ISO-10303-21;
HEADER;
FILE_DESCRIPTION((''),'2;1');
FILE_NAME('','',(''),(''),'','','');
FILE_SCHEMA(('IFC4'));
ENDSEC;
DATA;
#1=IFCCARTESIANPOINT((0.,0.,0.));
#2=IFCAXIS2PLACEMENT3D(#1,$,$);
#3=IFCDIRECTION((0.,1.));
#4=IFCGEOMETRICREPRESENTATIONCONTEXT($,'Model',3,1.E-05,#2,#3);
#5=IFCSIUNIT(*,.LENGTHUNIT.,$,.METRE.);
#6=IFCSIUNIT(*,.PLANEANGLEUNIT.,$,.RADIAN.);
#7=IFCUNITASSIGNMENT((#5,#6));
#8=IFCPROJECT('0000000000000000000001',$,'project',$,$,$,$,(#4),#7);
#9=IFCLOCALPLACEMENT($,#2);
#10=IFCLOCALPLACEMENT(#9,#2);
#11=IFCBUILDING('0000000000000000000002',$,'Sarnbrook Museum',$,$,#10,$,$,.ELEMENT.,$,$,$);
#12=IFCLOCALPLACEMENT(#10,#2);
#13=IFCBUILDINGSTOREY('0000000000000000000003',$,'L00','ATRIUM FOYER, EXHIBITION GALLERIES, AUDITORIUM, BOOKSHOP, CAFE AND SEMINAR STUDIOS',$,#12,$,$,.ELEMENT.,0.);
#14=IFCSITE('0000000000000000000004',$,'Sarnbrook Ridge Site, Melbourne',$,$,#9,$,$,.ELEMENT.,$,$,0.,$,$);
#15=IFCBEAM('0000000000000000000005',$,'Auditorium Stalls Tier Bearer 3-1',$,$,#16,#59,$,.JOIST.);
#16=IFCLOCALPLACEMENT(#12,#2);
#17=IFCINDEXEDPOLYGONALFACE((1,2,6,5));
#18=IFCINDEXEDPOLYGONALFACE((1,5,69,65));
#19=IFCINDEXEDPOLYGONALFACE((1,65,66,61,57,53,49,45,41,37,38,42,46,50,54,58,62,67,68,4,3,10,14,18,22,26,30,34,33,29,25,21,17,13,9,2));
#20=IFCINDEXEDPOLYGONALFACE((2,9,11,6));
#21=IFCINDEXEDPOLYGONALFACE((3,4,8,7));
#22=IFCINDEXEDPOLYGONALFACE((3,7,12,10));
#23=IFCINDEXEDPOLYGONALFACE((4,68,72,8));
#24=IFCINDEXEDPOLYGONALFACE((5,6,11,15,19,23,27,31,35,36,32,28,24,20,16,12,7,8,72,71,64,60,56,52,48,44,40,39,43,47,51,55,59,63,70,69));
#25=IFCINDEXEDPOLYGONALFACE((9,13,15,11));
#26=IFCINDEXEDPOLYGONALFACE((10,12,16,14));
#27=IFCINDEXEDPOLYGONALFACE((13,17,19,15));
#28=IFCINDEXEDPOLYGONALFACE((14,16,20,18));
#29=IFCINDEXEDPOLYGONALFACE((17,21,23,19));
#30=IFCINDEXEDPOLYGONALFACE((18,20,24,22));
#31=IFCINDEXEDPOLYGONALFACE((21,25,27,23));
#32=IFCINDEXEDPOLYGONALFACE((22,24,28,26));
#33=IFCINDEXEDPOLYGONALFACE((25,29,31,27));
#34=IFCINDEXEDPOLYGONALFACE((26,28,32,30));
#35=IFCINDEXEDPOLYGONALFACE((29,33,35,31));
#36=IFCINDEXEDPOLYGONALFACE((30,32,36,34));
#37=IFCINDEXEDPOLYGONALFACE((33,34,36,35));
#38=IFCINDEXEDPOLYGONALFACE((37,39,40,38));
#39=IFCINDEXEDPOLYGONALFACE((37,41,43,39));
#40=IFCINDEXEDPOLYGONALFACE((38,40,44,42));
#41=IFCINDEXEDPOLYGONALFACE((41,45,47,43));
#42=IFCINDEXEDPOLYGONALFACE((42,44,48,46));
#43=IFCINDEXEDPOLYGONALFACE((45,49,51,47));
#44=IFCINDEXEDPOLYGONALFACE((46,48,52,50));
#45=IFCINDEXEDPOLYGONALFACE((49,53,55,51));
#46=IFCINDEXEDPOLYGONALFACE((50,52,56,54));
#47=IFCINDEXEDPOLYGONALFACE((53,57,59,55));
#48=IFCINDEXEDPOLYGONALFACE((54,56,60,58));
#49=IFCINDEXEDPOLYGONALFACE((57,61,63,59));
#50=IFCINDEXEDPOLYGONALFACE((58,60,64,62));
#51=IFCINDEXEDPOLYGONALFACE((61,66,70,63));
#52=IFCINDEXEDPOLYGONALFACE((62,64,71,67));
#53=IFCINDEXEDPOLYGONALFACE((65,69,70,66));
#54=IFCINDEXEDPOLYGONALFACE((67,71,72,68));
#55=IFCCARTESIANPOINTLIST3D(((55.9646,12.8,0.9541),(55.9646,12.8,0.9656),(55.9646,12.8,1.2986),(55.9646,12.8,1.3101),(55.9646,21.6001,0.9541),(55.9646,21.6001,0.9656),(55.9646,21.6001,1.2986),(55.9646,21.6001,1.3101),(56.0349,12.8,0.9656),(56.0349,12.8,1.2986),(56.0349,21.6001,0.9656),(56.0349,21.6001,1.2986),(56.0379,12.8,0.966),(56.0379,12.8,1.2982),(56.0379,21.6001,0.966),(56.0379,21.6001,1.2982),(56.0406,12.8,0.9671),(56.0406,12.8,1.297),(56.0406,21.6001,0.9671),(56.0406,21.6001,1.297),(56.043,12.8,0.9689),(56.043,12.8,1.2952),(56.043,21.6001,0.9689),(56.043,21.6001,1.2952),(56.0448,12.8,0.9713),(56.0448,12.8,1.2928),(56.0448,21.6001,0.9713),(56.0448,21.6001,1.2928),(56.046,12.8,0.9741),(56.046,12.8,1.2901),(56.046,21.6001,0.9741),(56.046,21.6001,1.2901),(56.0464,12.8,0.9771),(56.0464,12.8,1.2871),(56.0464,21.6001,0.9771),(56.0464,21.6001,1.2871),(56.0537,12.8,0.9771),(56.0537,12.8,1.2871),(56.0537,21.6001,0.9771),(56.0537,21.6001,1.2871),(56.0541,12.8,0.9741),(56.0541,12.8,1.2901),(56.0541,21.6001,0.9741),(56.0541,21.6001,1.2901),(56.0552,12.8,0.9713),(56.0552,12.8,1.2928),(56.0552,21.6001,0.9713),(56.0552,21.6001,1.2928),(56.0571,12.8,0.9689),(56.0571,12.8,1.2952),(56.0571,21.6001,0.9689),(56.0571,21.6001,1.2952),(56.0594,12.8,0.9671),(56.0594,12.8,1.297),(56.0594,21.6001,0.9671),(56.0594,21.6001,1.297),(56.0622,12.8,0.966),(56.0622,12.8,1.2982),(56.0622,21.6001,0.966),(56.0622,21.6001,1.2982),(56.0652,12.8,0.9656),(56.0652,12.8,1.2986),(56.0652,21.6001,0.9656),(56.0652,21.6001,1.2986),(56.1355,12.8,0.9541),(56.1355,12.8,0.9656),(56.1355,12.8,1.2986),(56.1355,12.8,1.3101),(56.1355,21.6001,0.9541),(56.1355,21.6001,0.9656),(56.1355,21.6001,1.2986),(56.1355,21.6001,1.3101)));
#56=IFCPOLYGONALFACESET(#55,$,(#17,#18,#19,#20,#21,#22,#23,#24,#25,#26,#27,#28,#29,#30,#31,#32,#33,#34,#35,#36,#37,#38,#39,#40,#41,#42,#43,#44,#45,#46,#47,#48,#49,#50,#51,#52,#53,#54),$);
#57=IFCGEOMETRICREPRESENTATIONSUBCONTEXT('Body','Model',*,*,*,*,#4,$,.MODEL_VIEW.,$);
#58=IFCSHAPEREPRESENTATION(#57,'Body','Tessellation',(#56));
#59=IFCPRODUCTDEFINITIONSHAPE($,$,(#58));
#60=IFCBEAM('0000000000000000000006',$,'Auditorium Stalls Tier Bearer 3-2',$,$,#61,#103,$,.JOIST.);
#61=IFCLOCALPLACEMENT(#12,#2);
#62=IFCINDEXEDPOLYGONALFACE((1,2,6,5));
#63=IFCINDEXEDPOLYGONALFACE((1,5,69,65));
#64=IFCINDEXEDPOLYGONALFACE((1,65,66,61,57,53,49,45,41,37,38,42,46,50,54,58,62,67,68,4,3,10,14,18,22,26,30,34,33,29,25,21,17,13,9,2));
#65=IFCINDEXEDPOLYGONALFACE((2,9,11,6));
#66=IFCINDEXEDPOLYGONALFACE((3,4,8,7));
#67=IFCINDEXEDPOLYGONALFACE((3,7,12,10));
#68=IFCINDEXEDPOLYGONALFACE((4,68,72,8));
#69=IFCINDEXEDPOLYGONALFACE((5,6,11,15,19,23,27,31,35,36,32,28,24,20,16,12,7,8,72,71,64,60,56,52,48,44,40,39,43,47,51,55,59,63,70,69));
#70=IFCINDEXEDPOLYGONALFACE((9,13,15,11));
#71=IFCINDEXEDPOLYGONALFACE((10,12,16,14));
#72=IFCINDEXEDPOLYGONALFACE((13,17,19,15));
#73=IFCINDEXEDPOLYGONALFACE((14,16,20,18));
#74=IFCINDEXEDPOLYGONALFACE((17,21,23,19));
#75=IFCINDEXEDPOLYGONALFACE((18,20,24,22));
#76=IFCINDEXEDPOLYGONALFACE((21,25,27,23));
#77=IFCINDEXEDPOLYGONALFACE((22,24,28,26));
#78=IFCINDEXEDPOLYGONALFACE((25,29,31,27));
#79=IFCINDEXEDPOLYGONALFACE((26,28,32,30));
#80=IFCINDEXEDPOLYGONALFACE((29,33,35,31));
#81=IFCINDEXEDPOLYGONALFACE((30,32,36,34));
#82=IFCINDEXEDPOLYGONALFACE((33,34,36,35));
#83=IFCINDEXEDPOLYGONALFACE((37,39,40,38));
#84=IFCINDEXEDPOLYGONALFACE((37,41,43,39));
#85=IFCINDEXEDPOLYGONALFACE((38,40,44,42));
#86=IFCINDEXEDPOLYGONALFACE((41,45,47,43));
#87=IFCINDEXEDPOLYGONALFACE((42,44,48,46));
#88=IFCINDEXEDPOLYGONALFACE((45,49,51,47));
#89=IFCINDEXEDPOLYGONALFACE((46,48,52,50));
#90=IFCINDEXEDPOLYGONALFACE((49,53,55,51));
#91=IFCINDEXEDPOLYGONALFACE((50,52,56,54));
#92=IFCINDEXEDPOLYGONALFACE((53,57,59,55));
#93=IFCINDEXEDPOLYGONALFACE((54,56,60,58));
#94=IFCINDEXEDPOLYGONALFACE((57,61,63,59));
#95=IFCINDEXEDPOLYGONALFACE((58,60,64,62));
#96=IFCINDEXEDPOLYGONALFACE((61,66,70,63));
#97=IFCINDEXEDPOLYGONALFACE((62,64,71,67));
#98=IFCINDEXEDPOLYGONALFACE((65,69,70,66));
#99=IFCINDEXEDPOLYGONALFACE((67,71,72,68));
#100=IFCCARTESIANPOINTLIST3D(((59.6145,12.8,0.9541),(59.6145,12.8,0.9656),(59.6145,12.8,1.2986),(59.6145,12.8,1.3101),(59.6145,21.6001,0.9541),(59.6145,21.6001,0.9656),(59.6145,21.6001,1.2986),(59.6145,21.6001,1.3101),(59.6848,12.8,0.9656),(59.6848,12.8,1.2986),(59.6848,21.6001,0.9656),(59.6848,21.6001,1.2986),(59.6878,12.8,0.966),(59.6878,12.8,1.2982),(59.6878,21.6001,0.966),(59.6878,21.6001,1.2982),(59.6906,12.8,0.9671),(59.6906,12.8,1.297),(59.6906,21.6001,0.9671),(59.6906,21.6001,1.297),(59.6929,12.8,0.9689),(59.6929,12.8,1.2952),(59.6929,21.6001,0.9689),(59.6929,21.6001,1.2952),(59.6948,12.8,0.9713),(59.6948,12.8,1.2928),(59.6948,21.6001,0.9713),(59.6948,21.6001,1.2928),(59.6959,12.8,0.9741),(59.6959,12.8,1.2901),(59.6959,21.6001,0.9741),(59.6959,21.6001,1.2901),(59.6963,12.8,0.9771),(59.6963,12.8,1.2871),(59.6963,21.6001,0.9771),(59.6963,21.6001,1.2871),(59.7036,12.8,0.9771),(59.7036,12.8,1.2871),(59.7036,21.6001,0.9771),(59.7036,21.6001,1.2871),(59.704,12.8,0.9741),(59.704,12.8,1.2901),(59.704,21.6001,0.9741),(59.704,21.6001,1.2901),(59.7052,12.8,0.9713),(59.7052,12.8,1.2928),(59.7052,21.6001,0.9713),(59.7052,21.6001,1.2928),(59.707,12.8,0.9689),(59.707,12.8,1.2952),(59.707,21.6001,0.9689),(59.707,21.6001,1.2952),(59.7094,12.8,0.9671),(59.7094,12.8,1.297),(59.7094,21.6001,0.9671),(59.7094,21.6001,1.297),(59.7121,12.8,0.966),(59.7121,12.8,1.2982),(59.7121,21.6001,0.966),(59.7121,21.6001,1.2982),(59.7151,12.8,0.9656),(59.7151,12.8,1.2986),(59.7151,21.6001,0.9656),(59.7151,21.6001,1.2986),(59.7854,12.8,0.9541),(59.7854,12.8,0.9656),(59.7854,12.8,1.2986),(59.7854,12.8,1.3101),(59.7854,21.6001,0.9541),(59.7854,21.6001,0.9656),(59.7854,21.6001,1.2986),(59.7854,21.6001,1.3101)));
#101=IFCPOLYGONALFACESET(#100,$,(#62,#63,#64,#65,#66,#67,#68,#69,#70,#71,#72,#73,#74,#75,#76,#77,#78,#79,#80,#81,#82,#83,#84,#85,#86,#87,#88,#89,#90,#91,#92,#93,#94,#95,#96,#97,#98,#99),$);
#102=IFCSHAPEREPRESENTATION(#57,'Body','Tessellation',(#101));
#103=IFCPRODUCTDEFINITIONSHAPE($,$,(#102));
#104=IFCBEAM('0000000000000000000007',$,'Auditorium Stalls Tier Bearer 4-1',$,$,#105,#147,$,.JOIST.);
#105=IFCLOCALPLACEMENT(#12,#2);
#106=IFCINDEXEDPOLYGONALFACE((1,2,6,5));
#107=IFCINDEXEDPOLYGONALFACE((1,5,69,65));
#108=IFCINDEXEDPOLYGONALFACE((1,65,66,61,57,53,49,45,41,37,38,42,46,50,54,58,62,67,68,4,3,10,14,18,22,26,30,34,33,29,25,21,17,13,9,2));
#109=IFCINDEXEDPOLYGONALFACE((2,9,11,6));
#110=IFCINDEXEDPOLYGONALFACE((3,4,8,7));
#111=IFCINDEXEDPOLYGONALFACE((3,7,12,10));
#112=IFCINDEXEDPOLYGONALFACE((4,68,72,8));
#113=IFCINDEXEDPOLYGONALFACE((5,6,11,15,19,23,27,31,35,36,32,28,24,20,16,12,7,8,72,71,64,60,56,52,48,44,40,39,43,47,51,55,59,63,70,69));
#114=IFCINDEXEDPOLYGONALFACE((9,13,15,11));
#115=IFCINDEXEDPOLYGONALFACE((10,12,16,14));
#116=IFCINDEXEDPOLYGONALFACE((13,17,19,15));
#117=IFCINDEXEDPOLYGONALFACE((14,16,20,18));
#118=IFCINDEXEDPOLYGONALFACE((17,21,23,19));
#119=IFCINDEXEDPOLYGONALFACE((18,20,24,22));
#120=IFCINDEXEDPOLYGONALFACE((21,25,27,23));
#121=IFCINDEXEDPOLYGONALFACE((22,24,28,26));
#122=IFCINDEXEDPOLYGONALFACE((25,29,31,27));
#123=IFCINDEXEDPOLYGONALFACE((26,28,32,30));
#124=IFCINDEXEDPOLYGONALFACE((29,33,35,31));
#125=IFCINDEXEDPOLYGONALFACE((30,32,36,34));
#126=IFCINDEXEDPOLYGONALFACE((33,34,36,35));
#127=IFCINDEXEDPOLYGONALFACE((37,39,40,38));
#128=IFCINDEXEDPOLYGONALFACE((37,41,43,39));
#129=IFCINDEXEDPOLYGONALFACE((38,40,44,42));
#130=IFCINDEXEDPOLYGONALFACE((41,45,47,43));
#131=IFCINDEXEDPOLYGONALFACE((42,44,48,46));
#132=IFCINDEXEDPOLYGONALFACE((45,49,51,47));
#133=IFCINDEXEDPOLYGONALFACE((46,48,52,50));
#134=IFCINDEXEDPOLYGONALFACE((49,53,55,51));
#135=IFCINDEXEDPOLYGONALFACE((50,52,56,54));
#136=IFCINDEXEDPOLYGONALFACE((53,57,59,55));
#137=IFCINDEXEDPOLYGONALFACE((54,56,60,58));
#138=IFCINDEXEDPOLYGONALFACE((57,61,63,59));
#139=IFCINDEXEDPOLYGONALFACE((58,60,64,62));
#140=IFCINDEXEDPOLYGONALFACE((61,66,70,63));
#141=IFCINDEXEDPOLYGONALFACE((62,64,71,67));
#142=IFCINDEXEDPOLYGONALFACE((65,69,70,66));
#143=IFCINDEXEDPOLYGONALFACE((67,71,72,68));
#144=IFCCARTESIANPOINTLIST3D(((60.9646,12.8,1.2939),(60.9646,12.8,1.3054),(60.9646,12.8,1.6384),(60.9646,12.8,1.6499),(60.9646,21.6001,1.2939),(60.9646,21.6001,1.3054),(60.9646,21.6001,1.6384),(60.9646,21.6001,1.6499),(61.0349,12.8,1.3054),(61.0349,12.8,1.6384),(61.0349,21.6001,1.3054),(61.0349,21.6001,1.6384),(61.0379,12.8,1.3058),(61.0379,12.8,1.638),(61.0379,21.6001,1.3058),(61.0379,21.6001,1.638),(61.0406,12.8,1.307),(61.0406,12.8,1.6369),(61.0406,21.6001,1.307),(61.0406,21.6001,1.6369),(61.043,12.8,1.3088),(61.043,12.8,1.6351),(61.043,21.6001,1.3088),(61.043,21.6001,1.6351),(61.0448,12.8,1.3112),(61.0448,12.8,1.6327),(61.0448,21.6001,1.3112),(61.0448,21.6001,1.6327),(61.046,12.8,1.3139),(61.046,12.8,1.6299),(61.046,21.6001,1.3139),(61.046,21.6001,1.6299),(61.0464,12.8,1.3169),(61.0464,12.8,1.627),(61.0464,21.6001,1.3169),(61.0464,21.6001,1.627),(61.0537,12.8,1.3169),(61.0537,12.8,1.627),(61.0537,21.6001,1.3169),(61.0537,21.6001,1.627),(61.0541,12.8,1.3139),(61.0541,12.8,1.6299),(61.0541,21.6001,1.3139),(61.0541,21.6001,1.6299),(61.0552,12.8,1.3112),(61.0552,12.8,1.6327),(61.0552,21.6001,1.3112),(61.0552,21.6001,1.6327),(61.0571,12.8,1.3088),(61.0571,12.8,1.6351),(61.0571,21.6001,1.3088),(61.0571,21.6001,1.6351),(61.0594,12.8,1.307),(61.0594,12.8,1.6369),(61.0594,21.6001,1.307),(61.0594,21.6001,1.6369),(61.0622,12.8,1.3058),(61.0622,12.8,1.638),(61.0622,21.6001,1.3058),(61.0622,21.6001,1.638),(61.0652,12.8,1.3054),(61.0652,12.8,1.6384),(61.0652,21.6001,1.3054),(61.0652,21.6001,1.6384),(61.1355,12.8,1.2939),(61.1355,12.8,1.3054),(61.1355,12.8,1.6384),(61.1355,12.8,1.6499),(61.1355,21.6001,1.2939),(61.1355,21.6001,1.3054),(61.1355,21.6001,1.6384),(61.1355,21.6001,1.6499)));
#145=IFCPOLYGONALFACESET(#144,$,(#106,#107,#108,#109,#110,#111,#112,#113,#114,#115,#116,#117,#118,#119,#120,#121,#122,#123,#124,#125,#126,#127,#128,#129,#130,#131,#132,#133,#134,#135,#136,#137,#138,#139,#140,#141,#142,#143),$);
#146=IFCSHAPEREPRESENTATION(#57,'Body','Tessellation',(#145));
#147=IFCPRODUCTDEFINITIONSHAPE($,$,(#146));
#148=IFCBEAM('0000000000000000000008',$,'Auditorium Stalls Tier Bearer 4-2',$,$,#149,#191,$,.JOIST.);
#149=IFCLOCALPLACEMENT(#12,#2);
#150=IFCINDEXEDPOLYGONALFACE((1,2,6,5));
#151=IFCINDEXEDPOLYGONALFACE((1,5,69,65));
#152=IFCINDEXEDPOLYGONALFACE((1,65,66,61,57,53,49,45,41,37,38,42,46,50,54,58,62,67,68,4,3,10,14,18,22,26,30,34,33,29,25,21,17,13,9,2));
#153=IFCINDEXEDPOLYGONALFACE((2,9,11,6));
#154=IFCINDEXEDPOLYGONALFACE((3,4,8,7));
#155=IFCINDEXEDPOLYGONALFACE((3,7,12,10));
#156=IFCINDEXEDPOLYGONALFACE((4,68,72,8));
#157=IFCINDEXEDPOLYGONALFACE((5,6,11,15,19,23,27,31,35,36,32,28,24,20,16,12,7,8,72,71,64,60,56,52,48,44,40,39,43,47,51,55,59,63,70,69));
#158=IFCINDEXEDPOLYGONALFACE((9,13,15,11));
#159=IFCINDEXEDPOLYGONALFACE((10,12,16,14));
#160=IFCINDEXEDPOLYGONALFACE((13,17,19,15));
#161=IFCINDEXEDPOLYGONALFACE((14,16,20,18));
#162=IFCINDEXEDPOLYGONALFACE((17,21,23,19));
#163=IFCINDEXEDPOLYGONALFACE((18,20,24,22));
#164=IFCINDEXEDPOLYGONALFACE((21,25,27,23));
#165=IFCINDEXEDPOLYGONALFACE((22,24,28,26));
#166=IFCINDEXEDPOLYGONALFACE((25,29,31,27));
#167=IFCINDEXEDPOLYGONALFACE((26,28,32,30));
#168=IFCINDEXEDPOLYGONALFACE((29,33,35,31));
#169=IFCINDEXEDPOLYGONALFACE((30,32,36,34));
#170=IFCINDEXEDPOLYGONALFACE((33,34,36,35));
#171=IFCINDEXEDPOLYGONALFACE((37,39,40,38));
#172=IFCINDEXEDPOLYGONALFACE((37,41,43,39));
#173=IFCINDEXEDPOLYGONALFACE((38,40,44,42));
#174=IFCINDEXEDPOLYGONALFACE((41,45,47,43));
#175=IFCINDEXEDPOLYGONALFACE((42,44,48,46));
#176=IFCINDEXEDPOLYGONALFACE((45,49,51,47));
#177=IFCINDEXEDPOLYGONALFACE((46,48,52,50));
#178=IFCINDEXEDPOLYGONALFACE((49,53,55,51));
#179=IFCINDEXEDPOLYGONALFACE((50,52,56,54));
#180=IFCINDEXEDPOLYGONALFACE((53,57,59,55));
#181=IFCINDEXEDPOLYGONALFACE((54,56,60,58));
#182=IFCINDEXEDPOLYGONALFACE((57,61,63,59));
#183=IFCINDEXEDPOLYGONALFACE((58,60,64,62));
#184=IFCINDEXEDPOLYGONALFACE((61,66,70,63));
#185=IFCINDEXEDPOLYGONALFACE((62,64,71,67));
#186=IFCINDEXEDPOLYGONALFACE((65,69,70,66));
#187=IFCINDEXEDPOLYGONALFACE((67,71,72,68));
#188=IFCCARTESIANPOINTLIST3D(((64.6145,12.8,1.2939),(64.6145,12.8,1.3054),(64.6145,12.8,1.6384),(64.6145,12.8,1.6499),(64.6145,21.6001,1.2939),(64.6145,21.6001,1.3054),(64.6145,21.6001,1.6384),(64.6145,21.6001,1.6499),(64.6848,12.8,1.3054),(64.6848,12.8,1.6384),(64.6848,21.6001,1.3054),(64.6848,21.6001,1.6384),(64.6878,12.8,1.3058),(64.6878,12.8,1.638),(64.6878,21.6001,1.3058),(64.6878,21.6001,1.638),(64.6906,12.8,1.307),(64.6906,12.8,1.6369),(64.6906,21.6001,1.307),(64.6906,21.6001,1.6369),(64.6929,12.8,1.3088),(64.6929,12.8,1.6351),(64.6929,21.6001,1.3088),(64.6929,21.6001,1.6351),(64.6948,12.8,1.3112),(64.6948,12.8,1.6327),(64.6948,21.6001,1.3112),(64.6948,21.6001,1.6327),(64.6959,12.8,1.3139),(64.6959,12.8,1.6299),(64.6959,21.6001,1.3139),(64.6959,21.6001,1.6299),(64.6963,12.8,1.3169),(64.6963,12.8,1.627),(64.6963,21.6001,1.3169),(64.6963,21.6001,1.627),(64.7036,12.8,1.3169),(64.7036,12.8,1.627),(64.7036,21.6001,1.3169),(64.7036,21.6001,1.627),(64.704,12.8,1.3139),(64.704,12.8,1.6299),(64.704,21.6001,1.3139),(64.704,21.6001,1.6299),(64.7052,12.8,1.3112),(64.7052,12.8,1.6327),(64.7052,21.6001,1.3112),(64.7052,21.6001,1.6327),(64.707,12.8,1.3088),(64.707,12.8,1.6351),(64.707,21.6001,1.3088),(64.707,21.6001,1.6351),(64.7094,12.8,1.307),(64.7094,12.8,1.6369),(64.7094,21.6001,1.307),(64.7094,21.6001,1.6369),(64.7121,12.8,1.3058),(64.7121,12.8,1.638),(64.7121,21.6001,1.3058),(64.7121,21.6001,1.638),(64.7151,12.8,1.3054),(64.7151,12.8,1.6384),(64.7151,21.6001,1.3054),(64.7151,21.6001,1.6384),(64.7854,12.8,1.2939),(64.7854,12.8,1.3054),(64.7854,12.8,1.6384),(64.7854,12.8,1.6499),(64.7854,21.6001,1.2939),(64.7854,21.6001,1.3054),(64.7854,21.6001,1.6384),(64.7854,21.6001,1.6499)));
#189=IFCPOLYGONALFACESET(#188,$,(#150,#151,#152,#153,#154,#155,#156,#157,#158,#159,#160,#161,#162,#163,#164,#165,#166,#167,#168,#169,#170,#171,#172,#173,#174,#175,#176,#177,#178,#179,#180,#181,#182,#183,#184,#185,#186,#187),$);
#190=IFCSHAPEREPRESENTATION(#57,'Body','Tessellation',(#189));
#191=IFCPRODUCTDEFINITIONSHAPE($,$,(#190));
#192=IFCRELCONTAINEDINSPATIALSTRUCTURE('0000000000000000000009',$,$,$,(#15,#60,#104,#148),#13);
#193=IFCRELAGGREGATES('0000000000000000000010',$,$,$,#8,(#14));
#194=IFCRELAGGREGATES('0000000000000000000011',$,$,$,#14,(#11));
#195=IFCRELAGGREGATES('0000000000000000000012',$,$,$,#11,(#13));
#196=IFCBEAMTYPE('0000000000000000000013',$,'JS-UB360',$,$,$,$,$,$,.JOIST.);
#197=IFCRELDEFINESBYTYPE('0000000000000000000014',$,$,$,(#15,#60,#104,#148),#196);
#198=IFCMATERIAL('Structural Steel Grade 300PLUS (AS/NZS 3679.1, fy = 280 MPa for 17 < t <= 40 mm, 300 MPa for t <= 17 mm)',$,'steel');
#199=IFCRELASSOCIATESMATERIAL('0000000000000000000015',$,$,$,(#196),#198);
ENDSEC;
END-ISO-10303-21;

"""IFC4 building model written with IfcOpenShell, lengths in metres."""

from ifc_helpers import new_model, si_unit, direction, frame, origin, origin_2d, place, context, subcontext, project, spatial, i_section, extrude, material, material_profile, profile_set, type_object, element, save


model = new_model("IFC4")

# Units and contexts
model_context = context("Model", 3, precision=1e-05, world=origin(), true_north=direction((0.0, 1.0)))
body_context = subcontext(model_context, "Body", "Model", "MODEL_VIEW")
ifc_project = project(units=[si_unit("LENGTHUNIT", "METRE"), si_unit("PLANEANGLEUNIT", "RADIAN")], contexts=[model_context])

# Site, building, storey
site_placement = place(None, origin())
site = spatial("IfcSite", under=ifc_project, at=site_placement, Name="Sarnbrook Ridge Site, Melbourne", CompositionType="ELEMENT", RefElevation=0.0)
building_placement = place(site_placement, origin())
building = spatial("IfcBuilding", under=site, at=building_placement, Name="Sarnbrook Museum", CompositionType="ELEMENT")
storey_placement = place(building_placement, origin())
storey = spatial("IfcBuildingStorey", under=building, at=storey_placement, Name="L00", Description="ATRIUM FOYER, EXHIBITION GALLERIES, AUDITORIUM, BOOKSHOP, CAFE AND SEMINAR STUDIOS", CompositionType="ELEMENT", Elevation=0.0)

# Shared definitions
ifc_material_1 = material(Name="Structural Steel Grade 300PLUS (AS/NZS 3679.1, fy = 280 MPa for 17 < t <= 40 mm, 300 MPa for t <= 17 mm)", Category="steel")

# Beams
ifc_material_profile_1 = material_profile(ifc_material_1, i_section(OverallWidth=0.1709, OverallDepth=0.356, WebThickness=0.0073, FlangeThickness=0.0115, FilletRadius=0.0115, at=origin_2d()), Name="360UB50.7")
ifc_profile_set_1 = profile_set([ifc_material_profile_1], Name="Structural Steel Grade 300PLUS (AS/NZS 3679.1, fy = 280 MPa for 17 < t <= 40 mm, 300 MPa for t <= 17 mm)")
beam_type_1 = type_object("IfcBeamType", Name="JS-UB360", PredefinedType="JOIST", material=ifc_profile_set_1)
for number, where, z_axis, x_axis, name in (
    (1, (56.05, 12.8, 1.1321), (0.0, 1.0, 0.0), (-1.0, 0.0, 0.0), "Auditorium Stalls Tier Bearer 3-1"),
    (2, (59.7, 12.8, 1.1321), (0.0, 1.0, 0.0), (-1.0, 0.0, 0.0), "Auditorium Stalls Tier Bearer 3-2"),
    (3, (61.05, 12.8, 1.4719), (0.0, 1.0, 0.0), (-1.0, 0.0, 0.0), "Auditorium Stalls Tier Bearer 4-1"),
    (4, (64.7, 12.8, 1.4719), (0.0, 1.0, 0.0), (-1.0, 0.0, 0.0), "Auditorium Stalls Tier Bearer 4-2"),
):
    element("IfcBeam", number, at=place(storey_placement, frame(where, z_axis=z_axis, x_axis=x_axis)), inside=storey, type_object=beam_type_1, Name=name, PredefinedType="JOIST", context=body_context, shape_type="SweptSolid", body=[
        extrude(i_section(OverallWidth=0.1709, OverallDepth=0.356, WebThickness=0.0073, FlangeThickness=0.0115, FilletRadius=0.0115, at=origin_2d()), origin(), (0.0, 0.0, 1.0), 8.8),
    ])

save(model, "model.ifc")
